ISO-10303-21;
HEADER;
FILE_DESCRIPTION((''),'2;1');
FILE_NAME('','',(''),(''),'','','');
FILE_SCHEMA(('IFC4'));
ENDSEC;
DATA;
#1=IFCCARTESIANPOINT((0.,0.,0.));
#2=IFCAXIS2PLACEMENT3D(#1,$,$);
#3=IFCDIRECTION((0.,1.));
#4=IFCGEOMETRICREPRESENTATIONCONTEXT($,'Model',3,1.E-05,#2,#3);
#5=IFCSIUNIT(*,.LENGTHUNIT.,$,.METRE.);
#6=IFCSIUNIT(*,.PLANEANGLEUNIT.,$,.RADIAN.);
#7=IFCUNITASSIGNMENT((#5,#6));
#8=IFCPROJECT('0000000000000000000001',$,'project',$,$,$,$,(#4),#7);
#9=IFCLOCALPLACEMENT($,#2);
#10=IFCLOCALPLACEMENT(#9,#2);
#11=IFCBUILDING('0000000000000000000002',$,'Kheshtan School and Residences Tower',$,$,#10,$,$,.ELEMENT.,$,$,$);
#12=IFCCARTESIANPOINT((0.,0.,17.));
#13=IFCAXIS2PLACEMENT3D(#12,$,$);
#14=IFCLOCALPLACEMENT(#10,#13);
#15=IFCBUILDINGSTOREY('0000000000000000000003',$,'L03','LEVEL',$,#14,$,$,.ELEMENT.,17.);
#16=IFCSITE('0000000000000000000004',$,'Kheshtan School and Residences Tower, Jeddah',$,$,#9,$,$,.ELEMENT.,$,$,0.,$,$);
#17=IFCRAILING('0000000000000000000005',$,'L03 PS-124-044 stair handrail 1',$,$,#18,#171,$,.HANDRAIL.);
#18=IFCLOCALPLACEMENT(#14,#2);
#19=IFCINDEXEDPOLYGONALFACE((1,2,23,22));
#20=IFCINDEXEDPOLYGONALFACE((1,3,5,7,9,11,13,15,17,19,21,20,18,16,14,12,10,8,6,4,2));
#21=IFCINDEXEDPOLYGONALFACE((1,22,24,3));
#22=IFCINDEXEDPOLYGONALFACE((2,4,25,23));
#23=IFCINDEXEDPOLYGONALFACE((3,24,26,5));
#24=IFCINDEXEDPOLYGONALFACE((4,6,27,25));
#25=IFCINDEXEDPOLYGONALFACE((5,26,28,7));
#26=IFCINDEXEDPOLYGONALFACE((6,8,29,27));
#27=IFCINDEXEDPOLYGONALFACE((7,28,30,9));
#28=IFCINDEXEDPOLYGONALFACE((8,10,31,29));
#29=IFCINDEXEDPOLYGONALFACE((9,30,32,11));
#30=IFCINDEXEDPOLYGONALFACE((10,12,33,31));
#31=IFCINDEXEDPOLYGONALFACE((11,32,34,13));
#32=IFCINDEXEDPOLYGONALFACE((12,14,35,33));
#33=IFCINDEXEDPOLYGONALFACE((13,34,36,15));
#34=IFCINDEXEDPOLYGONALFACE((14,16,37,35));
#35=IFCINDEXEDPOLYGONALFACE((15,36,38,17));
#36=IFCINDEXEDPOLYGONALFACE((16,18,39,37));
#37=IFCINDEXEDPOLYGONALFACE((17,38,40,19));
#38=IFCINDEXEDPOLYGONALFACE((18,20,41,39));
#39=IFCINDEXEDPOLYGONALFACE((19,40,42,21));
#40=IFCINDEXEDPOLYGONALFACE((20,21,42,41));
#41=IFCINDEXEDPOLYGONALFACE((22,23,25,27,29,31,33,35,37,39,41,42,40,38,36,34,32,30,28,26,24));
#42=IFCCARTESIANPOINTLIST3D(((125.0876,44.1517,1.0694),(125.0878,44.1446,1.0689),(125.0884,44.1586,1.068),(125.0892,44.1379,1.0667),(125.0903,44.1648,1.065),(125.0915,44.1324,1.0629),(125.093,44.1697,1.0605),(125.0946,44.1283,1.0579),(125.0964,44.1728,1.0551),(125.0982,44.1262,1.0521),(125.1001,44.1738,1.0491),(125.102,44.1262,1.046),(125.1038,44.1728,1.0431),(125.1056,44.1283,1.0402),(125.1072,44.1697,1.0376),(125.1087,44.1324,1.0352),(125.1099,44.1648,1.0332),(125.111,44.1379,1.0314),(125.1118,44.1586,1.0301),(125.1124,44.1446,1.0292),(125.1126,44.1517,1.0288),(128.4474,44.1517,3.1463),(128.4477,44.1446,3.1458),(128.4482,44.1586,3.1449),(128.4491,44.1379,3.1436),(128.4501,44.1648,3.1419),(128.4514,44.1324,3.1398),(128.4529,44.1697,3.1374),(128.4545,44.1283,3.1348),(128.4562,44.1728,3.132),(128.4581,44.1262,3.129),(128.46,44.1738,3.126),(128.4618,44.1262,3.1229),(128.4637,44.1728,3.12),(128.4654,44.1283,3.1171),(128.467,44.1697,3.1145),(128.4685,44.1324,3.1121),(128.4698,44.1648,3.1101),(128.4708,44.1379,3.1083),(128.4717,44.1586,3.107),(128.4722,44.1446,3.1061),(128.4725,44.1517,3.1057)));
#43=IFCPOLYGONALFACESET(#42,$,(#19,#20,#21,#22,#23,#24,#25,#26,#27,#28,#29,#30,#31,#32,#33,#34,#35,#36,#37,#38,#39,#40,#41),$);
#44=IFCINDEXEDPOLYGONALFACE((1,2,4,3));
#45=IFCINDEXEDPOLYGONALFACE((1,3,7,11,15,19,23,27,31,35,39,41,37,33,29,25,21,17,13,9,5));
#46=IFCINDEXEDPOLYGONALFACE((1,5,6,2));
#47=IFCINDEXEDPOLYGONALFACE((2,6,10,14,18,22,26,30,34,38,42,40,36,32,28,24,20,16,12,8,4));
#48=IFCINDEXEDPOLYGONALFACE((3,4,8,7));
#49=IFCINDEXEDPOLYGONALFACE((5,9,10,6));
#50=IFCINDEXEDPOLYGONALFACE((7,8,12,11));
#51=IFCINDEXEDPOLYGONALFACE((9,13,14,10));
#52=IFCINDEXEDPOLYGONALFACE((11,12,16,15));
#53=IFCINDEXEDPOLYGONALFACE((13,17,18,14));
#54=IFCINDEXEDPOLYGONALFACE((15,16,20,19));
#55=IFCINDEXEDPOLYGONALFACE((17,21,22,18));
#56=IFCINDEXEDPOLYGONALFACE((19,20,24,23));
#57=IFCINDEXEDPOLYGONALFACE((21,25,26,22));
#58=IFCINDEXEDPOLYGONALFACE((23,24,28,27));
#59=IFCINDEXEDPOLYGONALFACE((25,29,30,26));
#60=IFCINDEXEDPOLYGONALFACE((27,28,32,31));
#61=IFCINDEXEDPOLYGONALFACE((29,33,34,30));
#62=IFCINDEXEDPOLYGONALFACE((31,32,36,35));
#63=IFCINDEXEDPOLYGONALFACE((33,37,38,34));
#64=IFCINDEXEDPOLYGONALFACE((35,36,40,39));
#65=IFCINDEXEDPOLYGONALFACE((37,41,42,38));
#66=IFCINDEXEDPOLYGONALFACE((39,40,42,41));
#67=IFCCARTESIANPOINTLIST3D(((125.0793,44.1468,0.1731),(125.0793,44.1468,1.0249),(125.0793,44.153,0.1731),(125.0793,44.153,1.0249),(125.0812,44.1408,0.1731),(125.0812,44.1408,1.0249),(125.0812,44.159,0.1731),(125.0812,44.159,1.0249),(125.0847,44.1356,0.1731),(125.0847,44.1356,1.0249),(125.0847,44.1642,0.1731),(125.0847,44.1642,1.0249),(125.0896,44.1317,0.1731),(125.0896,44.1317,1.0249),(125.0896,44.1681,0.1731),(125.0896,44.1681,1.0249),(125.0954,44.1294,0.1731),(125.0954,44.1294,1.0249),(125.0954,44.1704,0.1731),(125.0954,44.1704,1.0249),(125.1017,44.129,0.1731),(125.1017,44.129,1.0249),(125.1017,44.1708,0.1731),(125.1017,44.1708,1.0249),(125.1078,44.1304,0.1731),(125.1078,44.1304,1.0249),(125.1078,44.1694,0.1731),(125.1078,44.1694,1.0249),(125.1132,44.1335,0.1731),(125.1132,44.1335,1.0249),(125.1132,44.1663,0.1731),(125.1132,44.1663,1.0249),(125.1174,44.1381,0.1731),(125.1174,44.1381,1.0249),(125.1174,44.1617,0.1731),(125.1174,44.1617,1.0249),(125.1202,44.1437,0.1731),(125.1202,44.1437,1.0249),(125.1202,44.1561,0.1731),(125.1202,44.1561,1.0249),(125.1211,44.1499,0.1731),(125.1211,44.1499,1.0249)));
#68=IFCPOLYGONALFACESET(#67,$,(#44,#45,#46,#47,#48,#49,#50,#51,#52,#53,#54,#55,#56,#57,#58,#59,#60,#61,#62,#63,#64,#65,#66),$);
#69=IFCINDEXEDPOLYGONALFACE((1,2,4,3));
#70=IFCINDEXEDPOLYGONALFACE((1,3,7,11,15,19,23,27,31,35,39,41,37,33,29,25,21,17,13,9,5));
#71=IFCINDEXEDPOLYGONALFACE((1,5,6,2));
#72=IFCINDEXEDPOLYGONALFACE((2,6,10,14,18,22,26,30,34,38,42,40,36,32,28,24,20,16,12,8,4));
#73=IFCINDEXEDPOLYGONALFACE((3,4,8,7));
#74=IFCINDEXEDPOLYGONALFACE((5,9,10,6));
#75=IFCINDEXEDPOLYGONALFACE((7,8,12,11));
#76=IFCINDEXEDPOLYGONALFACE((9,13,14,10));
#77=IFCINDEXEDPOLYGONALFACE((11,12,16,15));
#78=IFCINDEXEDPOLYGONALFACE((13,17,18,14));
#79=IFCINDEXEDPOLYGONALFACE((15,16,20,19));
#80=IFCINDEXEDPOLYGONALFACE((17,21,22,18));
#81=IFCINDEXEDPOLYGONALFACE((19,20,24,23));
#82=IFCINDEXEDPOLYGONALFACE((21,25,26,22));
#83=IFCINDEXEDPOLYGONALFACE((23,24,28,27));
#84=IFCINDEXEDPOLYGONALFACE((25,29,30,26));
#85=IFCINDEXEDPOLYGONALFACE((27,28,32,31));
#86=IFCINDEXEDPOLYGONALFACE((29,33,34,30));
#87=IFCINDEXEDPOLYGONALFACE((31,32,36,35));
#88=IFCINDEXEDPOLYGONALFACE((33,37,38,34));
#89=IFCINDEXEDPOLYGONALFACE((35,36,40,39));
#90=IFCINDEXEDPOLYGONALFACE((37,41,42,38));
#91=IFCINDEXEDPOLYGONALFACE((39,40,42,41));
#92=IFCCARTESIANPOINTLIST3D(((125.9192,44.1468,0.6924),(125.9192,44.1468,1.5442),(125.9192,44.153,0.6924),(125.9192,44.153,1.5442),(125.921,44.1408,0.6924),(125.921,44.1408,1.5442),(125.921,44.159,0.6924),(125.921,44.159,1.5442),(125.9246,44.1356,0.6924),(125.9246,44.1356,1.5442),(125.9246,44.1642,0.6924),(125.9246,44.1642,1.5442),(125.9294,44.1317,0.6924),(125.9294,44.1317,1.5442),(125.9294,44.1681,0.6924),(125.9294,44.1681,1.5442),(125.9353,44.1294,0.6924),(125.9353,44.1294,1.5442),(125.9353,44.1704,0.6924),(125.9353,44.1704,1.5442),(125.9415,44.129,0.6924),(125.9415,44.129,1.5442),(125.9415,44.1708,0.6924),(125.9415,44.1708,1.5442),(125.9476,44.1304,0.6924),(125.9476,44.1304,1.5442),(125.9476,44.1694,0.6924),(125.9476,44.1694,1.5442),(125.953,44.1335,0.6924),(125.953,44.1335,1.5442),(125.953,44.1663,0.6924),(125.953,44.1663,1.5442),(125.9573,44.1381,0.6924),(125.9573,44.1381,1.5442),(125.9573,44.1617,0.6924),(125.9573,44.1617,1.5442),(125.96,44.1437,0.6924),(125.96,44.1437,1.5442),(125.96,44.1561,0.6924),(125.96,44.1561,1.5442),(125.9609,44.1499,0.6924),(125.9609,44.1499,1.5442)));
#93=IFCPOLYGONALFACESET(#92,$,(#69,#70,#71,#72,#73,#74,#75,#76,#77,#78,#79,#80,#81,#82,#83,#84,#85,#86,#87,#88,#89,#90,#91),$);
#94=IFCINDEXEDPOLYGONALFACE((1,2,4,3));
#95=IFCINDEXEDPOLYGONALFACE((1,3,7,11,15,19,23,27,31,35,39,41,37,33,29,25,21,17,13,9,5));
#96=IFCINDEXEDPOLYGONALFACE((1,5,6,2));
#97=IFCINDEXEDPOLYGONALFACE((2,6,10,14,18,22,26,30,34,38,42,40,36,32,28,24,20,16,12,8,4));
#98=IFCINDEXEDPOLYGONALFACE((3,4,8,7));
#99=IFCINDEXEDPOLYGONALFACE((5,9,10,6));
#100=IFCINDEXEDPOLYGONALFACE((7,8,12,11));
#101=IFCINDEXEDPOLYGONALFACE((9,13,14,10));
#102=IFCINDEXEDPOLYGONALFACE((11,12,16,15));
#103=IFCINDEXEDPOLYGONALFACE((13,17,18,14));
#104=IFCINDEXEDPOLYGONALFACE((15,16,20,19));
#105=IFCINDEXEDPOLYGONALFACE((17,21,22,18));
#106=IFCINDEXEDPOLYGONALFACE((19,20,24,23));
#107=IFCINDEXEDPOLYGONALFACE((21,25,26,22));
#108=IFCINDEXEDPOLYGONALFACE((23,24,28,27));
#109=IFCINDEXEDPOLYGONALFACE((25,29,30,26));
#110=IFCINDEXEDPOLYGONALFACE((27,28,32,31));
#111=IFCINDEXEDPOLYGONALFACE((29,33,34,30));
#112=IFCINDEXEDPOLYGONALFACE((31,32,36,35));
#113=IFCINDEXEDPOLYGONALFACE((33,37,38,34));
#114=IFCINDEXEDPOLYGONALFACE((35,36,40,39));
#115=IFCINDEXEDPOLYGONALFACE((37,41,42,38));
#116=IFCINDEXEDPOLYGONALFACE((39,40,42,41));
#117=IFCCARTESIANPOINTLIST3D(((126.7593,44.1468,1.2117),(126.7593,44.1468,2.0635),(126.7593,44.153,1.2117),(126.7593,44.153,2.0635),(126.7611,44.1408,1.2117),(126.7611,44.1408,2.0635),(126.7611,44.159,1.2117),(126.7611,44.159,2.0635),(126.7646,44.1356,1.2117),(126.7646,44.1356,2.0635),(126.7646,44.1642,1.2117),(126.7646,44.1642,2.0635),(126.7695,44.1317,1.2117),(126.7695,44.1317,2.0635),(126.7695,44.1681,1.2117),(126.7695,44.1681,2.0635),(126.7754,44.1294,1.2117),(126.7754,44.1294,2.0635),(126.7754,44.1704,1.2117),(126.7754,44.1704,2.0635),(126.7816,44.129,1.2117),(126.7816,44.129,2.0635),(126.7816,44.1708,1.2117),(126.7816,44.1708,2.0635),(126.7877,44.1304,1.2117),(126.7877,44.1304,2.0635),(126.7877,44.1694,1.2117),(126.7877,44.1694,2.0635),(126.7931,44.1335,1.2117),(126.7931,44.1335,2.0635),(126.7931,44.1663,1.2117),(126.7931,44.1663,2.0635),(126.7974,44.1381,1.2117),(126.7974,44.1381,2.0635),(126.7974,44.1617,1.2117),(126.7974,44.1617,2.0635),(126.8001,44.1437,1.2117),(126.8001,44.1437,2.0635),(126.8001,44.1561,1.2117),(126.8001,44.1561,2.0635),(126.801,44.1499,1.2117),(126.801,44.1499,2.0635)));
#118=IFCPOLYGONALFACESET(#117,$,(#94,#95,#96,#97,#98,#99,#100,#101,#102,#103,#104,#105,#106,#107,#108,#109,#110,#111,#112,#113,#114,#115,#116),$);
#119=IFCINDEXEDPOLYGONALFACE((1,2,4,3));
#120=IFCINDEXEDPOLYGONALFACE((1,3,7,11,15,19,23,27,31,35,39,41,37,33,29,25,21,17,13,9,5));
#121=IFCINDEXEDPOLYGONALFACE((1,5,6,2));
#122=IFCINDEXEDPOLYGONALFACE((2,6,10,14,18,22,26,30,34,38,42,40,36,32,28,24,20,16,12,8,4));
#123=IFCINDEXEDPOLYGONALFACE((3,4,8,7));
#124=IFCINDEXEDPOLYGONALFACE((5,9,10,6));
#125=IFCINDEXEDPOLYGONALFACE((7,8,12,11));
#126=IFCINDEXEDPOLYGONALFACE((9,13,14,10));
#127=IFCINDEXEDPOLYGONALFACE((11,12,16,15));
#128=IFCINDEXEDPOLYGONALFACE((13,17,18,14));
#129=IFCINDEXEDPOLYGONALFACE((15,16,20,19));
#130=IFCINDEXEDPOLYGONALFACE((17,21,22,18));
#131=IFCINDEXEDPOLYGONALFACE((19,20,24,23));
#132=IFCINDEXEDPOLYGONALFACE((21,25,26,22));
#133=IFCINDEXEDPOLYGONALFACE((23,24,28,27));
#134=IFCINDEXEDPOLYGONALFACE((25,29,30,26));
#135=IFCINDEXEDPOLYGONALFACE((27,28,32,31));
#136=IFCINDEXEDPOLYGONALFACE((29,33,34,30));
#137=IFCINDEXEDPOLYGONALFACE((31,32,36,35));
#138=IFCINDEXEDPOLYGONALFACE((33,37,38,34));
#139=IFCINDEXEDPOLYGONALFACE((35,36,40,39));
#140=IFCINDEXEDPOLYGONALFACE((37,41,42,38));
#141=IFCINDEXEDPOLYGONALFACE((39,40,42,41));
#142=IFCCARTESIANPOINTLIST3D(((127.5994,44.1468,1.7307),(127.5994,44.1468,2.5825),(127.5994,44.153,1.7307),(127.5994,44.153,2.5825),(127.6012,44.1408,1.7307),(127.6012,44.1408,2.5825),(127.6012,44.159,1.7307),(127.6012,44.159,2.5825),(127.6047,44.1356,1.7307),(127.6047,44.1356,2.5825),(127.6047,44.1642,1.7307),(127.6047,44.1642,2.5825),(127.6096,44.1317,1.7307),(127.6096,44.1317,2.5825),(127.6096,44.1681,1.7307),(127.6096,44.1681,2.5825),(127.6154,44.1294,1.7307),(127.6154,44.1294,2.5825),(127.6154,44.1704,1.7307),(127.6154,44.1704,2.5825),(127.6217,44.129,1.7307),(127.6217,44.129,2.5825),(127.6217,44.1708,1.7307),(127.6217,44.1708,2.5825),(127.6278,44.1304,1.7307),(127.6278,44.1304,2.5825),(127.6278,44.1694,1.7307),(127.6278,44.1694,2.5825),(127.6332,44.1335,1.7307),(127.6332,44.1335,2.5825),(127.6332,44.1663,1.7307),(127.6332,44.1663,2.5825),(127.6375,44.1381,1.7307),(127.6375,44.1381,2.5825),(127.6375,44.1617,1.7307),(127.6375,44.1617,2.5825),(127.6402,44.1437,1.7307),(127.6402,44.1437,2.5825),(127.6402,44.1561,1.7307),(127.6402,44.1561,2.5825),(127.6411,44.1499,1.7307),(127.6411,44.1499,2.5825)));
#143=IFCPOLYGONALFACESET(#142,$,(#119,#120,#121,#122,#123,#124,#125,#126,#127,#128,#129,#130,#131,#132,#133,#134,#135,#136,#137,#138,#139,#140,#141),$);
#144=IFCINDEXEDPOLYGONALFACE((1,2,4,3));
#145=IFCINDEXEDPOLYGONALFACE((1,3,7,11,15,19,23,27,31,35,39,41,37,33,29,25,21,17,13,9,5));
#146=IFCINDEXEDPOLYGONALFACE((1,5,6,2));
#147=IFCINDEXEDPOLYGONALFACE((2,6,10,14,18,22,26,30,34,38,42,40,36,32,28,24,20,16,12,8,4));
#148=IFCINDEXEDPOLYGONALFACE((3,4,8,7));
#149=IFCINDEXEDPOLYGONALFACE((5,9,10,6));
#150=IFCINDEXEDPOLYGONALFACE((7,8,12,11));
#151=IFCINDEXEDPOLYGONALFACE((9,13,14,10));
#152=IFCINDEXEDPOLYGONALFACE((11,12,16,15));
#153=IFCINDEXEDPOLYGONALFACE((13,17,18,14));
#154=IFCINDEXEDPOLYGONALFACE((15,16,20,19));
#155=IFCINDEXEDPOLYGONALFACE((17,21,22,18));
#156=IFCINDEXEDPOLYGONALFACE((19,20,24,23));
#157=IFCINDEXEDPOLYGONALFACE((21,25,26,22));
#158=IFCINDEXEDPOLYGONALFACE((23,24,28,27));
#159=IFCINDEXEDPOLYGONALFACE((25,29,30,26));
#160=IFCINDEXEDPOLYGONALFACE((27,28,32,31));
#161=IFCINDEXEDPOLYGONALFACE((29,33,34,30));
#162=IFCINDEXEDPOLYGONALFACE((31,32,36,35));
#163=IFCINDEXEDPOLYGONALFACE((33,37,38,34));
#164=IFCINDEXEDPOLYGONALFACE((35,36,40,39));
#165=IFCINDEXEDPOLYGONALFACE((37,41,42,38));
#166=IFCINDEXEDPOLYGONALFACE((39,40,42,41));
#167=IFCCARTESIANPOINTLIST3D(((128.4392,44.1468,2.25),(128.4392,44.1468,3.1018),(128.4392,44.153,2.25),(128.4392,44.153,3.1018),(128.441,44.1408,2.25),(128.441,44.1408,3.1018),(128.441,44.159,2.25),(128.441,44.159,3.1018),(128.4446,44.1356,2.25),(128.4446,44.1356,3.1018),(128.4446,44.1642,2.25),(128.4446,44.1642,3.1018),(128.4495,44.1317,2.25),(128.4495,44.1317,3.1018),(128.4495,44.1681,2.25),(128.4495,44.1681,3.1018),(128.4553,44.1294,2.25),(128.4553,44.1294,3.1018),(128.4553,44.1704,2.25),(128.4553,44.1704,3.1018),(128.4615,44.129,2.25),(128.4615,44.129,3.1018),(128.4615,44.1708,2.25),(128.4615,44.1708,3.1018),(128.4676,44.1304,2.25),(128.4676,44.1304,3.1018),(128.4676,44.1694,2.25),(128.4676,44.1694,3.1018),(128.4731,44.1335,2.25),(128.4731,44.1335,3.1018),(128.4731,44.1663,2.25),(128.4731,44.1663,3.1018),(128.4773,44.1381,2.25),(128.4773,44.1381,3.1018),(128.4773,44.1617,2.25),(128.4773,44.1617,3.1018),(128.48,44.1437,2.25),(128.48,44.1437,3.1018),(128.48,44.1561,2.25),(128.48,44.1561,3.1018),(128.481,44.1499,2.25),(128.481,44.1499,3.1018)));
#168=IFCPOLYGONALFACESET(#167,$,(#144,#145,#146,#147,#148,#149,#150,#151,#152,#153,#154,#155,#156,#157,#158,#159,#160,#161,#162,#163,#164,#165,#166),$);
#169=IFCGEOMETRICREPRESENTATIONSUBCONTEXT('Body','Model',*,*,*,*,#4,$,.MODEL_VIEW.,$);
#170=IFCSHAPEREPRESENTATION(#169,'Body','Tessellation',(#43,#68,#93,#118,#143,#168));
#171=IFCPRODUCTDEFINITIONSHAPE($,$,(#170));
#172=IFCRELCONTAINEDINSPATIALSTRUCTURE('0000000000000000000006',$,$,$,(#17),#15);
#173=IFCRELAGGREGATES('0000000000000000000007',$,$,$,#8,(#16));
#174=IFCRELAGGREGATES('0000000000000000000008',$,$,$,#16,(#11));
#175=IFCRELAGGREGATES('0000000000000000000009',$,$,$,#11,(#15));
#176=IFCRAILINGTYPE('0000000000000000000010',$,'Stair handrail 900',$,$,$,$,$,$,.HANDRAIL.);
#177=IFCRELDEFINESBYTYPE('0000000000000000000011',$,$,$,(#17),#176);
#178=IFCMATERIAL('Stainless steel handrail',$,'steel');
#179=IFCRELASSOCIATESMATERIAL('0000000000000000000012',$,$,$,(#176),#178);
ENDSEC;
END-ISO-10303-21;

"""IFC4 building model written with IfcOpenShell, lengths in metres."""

from ifc_helpers import new_model, si_unit, direction, frame, origin, origin_2d, place, context, subcontext, project, spatial, circle, extrude, material, type_object, element, save


model = new_model("IFC4")

# Units and contexts
model_context = context("Model", 3, precision=1e-05, world=origin(), true_north=direction((0.0, 1.0)))
body_context = subcontext(model_context, "Body", "Model", "MODEL_VIEW")
ifc_project = project(units=[si_unit("LENGTHUNIT", "METRE"), si_unit("PLANEANGLEUNIT", "RADIAN")], contexts=[model_context])

# Site, building, storey
site_placement = place(None, origin())
site = spatial("IfcSite", under=ifc_project, at=site_placement, Name="Kheshtan School and Residences Tower, Jeddah", CompositionType="ELEMENT", RefElevation=0.0)
building_placement = place(site_placement, origin())
building = spatial("IfcBuilding", under=site, at=building_placement, Name="Kheshtan School and Residences Tower", CompositionType="ELEMENT")
storey_placement = place(building_placement, frame((0.0, 0.0, 17.0)))
storey = spatial("IfcBuildingStorey", under=building, at=storey_placement, Name="L03", Description="LEVEL", CompositionType="ELEMENT", Elevation=17.0)

# Railing
ifc_material_1 = material(Name="Stainless steel handrail", Category="steel")
railing_type_1 = type_object("IfcRailingType", Name="Stair handrail 900", PredefinedType="HANDRAIL", material=ifc_material_1)
railing_1_placement = place(storey_placement, frame((125.1001, 44.1499, 0.1731)))
element("IfcRailing", 1, at=railing_1_placement, inside=storey, type_object=railing_type_1, Name="L03 PS-124-044 stair handrail 1", PredefinedType="HANDRAIL", context=body_context, shape_type="SweptSolid", body=[
    extrude(circle(Radius=0.0239, at=origin_2d()), frame((0.0, 0.0, 0.876), z_axis=(0.850606, 0.0, 0.525803), x_axis=(0.0, 1.0, 0.0)), (0.0, 0.0, 1.0), 3.95),
    extrude(circle(Radius=0.021, at=origin_2d()), origin(), (0.0, 0.0, 1.0), 0.8518),
    extrude(circle(Radius=0.021, at=origin_2d()), frame((0.8398, 0.0, 0.5193)), (0.0, 0.0, 1.0), 0.8518),
    extrude(circle(Radius=0.021, at=origin_2d()), frame((1.6799, 0.0, 1.0386)), (0.0, 0.0, 1.0), 0.8518),
    extrude(circle(Radius=0.021, at=origin_2d()), frame((2.52, 0.0, 1.5576)), (0.0, 0.0, 1.0), 0.8518),
    extrude(circle(Radius=0.021, at=origin_2d()), frame((3.3599, 0.0, 2.0769)), (0.0, 0.0, 1.0), 0.8518),
])

save(model, "model.ifc")
